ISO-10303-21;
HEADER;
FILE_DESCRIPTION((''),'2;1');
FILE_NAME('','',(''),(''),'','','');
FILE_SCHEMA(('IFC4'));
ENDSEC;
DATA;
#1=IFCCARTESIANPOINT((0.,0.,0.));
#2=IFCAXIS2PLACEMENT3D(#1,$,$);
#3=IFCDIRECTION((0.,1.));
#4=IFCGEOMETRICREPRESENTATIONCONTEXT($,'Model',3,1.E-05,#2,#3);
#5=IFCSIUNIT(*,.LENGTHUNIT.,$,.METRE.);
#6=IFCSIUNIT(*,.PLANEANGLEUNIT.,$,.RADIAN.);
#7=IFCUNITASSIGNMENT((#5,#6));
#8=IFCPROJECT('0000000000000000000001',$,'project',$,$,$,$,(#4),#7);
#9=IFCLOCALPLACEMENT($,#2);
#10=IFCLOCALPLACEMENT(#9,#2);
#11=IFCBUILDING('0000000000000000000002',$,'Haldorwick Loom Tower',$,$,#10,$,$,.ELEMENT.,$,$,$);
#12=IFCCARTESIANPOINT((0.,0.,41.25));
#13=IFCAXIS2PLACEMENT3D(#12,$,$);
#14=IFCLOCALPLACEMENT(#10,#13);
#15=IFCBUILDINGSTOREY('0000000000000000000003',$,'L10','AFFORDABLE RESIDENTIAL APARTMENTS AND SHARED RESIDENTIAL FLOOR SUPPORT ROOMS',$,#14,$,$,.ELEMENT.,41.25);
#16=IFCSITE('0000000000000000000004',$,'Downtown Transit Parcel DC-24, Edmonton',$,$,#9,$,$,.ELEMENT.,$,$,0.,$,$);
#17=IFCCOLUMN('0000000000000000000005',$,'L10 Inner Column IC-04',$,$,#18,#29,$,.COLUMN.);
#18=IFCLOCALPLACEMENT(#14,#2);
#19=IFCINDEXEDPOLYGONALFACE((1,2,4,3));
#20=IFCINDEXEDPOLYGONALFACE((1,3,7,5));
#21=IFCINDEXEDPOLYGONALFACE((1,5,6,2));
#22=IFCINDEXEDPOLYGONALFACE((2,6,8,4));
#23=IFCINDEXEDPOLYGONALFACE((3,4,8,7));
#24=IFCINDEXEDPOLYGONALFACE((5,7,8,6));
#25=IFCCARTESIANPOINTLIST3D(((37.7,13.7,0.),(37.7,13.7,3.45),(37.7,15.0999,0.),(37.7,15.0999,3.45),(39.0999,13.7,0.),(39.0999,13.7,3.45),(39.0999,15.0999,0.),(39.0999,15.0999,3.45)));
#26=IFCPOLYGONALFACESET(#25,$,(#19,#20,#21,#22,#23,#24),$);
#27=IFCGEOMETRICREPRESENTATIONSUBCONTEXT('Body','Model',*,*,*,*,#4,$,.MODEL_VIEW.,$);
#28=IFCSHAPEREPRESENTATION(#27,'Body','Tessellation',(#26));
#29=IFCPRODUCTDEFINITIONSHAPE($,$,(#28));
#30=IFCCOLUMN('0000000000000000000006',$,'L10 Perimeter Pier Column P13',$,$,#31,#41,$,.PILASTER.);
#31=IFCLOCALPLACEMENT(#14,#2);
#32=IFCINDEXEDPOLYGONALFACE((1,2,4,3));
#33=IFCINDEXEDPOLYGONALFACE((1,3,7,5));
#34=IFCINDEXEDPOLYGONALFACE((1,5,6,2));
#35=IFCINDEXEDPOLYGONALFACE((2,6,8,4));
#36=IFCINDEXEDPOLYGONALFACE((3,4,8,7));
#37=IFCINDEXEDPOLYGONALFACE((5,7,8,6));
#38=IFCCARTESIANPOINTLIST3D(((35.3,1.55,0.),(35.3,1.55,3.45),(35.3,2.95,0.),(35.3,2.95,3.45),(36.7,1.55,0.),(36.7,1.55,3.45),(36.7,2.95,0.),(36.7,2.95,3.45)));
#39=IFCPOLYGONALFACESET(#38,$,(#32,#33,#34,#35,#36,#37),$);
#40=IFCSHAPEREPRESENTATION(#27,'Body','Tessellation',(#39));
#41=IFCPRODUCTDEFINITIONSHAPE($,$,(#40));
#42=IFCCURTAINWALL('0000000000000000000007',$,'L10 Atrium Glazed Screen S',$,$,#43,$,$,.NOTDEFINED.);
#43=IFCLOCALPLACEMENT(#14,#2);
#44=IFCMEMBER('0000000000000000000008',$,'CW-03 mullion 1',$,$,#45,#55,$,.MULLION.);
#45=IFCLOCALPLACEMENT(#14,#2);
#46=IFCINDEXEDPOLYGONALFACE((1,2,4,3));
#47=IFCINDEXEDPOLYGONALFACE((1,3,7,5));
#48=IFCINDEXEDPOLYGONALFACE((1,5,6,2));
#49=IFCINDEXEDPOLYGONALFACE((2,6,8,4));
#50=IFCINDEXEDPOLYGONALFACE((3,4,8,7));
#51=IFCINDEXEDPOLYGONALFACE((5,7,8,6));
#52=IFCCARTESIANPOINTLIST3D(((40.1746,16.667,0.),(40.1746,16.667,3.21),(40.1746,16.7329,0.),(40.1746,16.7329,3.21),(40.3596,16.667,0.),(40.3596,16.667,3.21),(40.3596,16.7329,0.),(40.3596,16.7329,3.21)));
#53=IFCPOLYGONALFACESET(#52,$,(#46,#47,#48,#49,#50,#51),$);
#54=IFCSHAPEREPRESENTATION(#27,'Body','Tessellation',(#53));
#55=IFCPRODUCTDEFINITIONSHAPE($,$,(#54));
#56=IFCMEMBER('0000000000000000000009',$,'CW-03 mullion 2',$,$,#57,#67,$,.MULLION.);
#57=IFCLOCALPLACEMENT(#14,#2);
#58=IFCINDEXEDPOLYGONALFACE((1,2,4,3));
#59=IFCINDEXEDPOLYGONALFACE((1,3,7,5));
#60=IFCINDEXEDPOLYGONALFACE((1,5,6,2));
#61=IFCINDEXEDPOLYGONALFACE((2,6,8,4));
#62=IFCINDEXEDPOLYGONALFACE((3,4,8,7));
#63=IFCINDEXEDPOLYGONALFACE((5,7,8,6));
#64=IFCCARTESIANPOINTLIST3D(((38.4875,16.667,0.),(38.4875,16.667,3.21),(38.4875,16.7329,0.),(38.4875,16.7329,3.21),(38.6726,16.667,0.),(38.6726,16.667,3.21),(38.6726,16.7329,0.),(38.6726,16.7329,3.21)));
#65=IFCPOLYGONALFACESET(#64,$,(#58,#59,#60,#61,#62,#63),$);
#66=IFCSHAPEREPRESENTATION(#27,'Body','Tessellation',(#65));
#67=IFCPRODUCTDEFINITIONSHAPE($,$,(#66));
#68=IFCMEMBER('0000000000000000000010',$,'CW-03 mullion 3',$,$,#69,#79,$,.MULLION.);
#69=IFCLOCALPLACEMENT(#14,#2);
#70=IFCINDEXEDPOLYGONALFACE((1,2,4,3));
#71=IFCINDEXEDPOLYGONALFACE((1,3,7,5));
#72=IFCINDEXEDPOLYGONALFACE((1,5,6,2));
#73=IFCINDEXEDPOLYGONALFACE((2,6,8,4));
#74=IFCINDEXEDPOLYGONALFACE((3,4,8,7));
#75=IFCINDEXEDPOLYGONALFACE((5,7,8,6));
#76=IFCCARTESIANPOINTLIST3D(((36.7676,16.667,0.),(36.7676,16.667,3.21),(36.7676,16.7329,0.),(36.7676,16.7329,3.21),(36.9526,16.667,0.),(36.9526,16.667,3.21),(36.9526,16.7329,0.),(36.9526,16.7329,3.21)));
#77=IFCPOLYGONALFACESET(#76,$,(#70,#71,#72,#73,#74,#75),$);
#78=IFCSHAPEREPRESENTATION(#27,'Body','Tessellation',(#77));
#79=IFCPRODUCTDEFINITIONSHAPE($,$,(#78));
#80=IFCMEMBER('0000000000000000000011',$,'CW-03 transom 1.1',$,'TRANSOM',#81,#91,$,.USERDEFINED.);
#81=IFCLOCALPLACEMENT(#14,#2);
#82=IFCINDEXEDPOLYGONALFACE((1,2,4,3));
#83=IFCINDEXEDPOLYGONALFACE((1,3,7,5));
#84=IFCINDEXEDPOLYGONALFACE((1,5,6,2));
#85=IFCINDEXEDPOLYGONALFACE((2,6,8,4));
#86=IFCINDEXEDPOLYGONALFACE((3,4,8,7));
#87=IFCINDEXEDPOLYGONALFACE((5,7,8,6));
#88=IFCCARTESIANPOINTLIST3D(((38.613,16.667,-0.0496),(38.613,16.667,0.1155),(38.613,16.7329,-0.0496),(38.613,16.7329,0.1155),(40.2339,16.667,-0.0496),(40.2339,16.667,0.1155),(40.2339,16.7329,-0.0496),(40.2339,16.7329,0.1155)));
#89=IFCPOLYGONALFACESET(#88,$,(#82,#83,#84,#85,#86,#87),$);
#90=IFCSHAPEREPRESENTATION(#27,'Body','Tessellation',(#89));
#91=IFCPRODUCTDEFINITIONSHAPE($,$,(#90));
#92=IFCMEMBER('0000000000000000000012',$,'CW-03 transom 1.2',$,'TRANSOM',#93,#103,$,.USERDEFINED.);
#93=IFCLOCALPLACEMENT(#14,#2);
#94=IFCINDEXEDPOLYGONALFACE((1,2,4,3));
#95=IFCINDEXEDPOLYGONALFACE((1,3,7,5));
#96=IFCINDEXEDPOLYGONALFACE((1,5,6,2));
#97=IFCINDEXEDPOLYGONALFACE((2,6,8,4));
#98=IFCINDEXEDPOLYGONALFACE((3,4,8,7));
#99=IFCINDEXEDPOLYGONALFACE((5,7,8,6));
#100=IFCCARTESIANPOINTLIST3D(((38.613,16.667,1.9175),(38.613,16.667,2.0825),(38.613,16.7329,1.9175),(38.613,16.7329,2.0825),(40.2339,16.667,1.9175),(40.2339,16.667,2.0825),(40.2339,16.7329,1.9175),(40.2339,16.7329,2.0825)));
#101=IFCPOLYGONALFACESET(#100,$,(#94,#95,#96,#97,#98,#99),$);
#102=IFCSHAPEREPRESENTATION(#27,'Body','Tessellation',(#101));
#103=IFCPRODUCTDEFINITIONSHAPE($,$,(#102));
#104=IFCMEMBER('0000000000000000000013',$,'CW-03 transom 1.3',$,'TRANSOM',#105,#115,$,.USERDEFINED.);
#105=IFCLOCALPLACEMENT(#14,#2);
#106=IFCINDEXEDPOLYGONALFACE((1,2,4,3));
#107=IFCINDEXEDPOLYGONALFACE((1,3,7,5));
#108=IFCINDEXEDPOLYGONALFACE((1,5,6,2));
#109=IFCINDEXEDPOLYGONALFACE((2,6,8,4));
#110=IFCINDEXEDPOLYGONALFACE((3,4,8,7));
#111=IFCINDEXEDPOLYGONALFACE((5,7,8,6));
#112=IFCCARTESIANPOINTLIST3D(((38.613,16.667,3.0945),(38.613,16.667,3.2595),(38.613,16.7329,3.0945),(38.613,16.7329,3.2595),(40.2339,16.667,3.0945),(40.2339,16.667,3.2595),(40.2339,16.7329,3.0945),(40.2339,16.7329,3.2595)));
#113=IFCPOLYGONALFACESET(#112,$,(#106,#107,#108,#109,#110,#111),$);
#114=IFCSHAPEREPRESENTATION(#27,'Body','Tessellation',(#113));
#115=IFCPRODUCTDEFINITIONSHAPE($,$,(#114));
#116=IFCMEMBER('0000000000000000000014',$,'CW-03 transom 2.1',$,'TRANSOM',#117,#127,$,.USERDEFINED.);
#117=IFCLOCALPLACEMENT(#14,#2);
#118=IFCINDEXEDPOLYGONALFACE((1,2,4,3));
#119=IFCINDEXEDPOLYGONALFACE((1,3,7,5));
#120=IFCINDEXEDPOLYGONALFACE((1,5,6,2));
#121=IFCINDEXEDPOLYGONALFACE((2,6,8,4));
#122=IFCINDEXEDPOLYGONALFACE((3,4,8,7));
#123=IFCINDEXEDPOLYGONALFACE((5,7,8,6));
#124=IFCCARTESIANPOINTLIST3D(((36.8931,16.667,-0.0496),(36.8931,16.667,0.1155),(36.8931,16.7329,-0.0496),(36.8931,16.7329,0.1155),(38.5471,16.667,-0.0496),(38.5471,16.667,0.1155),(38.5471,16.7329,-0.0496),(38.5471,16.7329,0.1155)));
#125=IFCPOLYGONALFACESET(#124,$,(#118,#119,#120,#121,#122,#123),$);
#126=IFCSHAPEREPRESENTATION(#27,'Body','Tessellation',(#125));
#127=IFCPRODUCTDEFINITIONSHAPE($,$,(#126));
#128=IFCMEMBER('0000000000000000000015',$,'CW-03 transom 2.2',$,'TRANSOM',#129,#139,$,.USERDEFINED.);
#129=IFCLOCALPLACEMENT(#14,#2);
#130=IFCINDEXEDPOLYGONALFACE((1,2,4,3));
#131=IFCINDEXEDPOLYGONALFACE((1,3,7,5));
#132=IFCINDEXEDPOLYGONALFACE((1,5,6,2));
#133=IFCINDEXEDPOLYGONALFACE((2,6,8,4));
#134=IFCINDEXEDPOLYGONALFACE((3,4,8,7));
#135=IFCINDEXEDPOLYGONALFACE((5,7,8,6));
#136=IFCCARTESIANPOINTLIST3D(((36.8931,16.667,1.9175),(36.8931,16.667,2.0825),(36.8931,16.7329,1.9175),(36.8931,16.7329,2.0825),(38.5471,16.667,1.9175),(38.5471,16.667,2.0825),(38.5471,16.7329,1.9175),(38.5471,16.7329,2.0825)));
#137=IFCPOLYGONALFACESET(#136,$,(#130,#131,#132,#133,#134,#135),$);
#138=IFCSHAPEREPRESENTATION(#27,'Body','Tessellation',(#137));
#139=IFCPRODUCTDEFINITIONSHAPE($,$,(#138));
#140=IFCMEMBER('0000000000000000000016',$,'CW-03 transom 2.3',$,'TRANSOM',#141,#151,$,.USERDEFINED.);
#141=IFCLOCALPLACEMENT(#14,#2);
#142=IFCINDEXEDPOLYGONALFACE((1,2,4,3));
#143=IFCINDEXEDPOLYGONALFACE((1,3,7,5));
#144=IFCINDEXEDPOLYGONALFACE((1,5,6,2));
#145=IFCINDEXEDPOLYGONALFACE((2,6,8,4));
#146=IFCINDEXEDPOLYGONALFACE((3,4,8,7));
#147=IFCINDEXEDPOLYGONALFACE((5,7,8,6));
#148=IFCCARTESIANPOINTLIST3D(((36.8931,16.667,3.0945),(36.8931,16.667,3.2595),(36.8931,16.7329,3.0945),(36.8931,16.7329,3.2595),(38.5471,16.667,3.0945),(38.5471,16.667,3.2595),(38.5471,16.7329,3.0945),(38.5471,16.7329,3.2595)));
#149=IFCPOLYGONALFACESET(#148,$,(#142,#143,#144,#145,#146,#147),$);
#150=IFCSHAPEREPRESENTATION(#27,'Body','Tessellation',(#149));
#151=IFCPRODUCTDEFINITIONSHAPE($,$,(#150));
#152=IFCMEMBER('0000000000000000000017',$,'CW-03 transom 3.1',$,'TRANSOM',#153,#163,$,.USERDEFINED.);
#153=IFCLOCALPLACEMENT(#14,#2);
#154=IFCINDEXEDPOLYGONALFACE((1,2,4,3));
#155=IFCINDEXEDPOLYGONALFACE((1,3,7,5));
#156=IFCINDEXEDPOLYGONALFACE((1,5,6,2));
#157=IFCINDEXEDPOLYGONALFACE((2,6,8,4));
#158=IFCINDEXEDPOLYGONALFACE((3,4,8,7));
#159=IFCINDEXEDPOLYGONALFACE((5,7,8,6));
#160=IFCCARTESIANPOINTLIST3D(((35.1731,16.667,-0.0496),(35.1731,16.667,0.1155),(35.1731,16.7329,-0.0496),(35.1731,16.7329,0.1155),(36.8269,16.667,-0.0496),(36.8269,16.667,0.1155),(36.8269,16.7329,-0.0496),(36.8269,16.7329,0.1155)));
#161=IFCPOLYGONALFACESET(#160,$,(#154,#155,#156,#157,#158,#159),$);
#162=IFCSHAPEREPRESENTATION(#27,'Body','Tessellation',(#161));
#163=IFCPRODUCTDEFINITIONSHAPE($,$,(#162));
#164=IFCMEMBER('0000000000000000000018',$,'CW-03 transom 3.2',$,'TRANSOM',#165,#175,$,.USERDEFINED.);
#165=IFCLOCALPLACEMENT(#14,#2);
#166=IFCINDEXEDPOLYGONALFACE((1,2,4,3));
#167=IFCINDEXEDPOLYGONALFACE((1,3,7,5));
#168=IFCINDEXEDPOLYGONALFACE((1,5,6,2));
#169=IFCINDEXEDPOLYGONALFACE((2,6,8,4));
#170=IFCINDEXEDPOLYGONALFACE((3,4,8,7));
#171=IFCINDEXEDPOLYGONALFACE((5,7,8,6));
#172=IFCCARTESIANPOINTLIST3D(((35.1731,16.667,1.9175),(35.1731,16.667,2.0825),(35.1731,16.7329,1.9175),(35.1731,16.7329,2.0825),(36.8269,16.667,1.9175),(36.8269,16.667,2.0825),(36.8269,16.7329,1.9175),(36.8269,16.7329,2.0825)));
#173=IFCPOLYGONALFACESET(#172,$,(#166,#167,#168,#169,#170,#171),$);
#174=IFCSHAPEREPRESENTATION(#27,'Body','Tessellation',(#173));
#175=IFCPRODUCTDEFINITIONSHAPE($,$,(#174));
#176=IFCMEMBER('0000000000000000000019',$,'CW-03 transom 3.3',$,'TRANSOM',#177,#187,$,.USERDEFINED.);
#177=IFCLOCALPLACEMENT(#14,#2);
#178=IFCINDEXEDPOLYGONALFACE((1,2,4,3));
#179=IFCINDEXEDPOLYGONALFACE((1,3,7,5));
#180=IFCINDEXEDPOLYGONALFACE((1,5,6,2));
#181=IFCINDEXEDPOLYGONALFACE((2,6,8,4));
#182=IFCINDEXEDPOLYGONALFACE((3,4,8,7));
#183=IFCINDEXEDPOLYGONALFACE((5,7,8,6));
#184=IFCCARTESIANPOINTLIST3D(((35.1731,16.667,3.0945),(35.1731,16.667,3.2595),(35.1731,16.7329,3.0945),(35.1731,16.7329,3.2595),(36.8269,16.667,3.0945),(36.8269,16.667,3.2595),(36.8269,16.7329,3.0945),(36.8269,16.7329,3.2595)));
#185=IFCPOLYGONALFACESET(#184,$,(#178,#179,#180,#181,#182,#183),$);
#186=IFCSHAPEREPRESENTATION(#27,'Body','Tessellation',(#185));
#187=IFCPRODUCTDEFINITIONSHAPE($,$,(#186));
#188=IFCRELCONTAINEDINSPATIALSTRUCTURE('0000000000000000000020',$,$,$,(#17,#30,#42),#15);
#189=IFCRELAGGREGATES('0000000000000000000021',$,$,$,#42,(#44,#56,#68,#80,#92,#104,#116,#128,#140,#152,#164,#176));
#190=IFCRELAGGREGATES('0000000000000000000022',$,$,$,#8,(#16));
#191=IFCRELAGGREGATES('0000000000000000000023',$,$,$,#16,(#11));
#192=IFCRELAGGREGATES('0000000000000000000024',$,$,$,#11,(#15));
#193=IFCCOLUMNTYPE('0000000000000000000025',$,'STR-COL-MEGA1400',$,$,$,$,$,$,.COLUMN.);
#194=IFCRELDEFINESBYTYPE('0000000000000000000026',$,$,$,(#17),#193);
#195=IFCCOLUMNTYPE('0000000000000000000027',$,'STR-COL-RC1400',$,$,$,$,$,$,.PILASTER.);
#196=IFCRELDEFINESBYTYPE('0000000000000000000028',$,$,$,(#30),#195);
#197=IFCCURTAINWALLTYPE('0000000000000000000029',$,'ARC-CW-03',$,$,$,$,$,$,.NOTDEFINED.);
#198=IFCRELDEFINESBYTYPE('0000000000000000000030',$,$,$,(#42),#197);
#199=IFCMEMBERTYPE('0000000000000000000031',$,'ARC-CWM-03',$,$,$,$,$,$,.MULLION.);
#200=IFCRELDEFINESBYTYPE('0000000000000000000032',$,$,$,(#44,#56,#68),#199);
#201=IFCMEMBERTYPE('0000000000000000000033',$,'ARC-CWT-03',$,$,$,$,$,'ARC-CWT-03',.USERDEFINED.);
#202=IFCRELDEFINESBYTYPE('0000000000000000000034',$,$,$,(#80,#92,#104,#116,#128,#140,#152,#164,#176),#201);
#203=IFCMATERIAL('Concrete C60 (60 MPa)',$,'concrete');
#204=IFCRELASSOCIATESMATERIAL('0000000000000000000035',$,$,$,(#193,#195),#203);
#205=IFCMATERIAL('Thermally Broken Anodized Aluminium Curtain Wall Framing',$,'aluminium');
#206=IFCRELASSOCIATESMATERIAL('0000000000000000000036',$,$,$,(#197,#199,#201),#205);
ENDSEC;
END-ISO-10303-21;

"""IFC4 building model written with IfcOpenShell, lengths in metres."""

from ifc_helpers import new_model, si_unit, direction, frame, origin, origin_2d, place, context, subcontext, project, spatial, rectangle, extrude, material, material_profile, profile_set, type_object, element, aggregate, save


model = new_model("IFC4")

# Units and contexts
model_context = context("Model", 3, precision=1e-05, world=origin(), true_north=direction((0.0, 1.0)))
body_context = subcontext(model_context, "Body", "Model", "MODEL_VIEW")
ifc_project = project(units=[si_unit("LENGTHUNIT", "METRE"), si_unit("PLANEANGLEUNIT", "RADIAN")], contexts=[model_context])

# Site, building, storey
site_placement = place(None, origin())
site = spatial("IfcSite", under=ifc_project, at=site_placement, Name="Downtown Transit Parcel DC-24, Edmonton", CompositionType="ELEMENT", RefElevation=0.0)
building_placement = place(site_placement, origin())
building = spatial("IfcBuilding", under=site, at=building_placement, Name="Haldorwick Loom Tower", CompositionType="ELEMENT")
storey_placement = place(building_placement, frame((0.0, 0.0, 41.25)))
storey = spatial("IfcBuildingStorey", under=building, at=storey_placement, Name="L10", Description="AFFORDABLE RESIDENTIAL APARTMENTS AND SHARED RESIDENTIAL FLOOR SUPPORT ROOMS", CompositionType="ELEMENT", Elevation=41.25)

# Columns
ifc_material_1 = material(Name="Concrete C60 (60 MPa)", Category="concrete")
ifc_material_profile_1 = material_profile(ifc_material_1, rectangle(XDim=1.3999, YDim=1.3999, at=origin_2d()), Name="RC1400X1400", Category="concrete")
ifc_profile_set_1 = profile_set([ifc_material_profile_1], Name="Concrete C60 (60 MPa)")
column_type_1 = type_object("IfcColumnType", Name="STR-COL-MEGA1400", PredefinedType="COLUMN", material=ifc_profile_set_1)
column_1_placement = place(storey_placement, frame((38.3999, 14.3999, 0.0), z_axis=(0.0, 0.0, 1.0), x_axis=(1.0, 0.0, 0.0)))
element("IfcColumn", 1, at=column_1_placement, inside=storey, type_object=column_type_1, Name="L10 Inner Column IC-04", PredefinedType="COLUMN", context=body_context, shape_type="SweptSolid", body=[
    extrude(rectangle(XDim=1.3999, YDim=1.3999, at=origin_2d()), origin(), (0.0, 0.0, 1.0), 3.45),
])
ifc_material_profile_2 = material_profile(ifc_material_1, rectangle(XDim=1.3999, YDim=1.3999, at=origin_2d()), Name="RC1400X1400", Category="concrete")
ifc_profile_set_2 = profile_set([ifc_material_profile_2], Name="Concrete C60 (60 MPa)")
column_type_2 = type_object("IfcColumnType", Name="STR-COL-RC1400", PredefinedType="PILASTER", material=ifc_profile_set_2)
column_2_placement = place(storey_placement, frame((36.0, 2.25, 0.0), z_axis=(0.0, 0.0, 1.0), x_axis=(0.0, -1.0, 0.0)))
element("IfcColumn", 2, at=column_2_placement, inside=storey, type_object=column_type_2, Name="L10 Perimeter Pier Column P13", PredefinedType="PILASTER", context=body_context, shape_type="SweptSolid", body=[
    extrude(rectangle(XDim=1.3999, YDim=1.3999, at=origin_2d()), origin(), (0.0, 0.0, 1.0), 3.45),
])

# Curtain wall, members
ifc_material_2 = material(Name="Thermally Broken Anodized Aluminium Curtain Wall Framing", Category="aluminium")
curtain_wall_type = type_object("IfcCurtainWallType", Name="ARC-CW-03", PredefinedType="NOTDEFINED", material=ifc_material_2)
curtain_wall_placement = place(storey_placement, origin())
curtain_wall = element("IfcCurtainWall", 3, at=curtain_wall_placement, inside=storey, type_object=curtain_wall_type, Name="L10 Atrium Glazed Screen S", PredefinedType="NOTDEFINED")
ifc_material_profile_3 = material_profile(ifc_material_2, rectangle(XDim=0.0659, YDim=0.1851, at=origin_2d()), Name="ALU_MUL_66X185", Category="aluminium")
ifc_profile_set_3 = profile_set([ifc_material_profile_3], Name="Thermally Broken Anodized Aluminium Curtain Wall Framing")
member_type_1 = type_object("IfcMemberType", Name="ARC-CWM-03", PredefinedType="MULLION", material=ifc_profile_set_3)
member_1_placement = place(storey_placement, frame((40.2671, 16.7, 0.0), z_axis=(0.0, 0.0, 1.0), x_axis=(0.0, -1.0, 0.0)))
member_1 = element("IfcMember", 4, at=member_1_placement, type_object=member_type_1, Name="CW-03 mullion 1", PredefinedType="MULLION", context=body_context, shape_type="SweptSolid", body=[
    extrude(rectangle(XDim=0.0659, YDim=0.1851, at=origin_2d()), origin(), (0.0, 0.0, 1.0), 3.21),
])
member_2_placement = place(storey_placement, frame((38.5801, 16.7, 0.0), z_axis=(0.0, 0.0, 1.0), x_axis=(0.0, -1.0, 0.0)))
member_2 = element("IfcMember", 5, at=member_2_placement, type_object=member_type_1, Name="CW-03 mullion 2", PredefinedType="MULLION", context=body_context, shape_type="SweptSolid", body=[
    extrude(rectangle(XDim=0.0659, YDim=0.1851, at=origin_2d()), origin(), (0.0, 0.0, 1.0), 3.21),
])
member_3_placement = place(storey_placement, frame((36.8601, 16.7, 0.0), z_axis=(0.0, 0.0, 1.0), x_axis=(0.0, -1.0, 0.0)))
member_3 = element("IfcMember", 6, at=member_3_placement, type_object=member_type_1, Name="CW-03 mullion 3", PredefinedType="MULLION", context=body_context, shape_type="SweptSolid", body=[
    extrude(rectangle(XDim=0.0659, YDim=0.1851, at=origin_2d()), origin(), (0.0, 0.0, 1.0), 3.21),
])
ifc_material_profile_4 = material_profile(ifc_material_2, rectangle(XDim=0.0659, YDim=0.165, at=origin_2d()), Name="ALU_TRN_66X165", Category="aluminium")
ifc_profile_set_4 = profile_set([ifc_material_profile_4], Name="Thermally Broken Anodized Aluminium Curtain Wall Framing")
member_type_2 = type_object("IfcMemberType", Name="ARC-CWT-03", ElementType="ARC-CWT-03", PredefinedType="USERDEFINED", material=ifc_profile_set_4)
member_4_placement = place(storey_placement, frame((40.2339, 16.7, 0.033), z_axis=(-1.0, 0.0, 0.0), x_axis=(0.0, -1.0, 0.0)))
member_4 = element("IfcMember", 7, at=member_4_placement, type_object=member_type_2, Name="CW-03 transom 1.1", ObjectType="TRANSOM", PredefinedType="USERDEFINED", context=body_context, shape_type="SweptSolid", body=[
    extrude(rectangle(XDim=0.0659, YDim=0.165, at=origin_2d()), origin(), (0.0, 0.0, 1.0), 1.6208),
])
member_5_placement = place(storey_placement, frame((40.2339, 16.7, 2.0), z_axis=(-1.0, 0.0, 0.0), x_axis=(0.0, -1.0, 0.0)))
member_5 = element("IfcMember", 8, at=member_5_placement, type_object=member_type_2, Name="CW-03 transom 1.2", ObjectType="TRANSOM", PredefinedType="USERDEFINED", context=body_context, shape_type="SweptSolid", body=[
    extrude(rectangle(XDim=0.0659, YDim=0.165, at=origin_2d()), origin(), (0.0, 0.0, 1.0), 1.6208),
])
member_6_placement = place(storey_placement, frame((40.2339, 16.7, 3.177), z_axis=(-1.0, 0.0, 0.0), x_axis=(0.0, -1.0, 0.0)))
member_6 = element("IfcMember", 9, at=member_6_placement, type_object=member_type_2, Name="CW-03 transom 1.3", ObjectType="TRANSOM", PredefinedType="USERDEFINED", context=body_context, shape_type="SweptSolid", body=[
    extrude(rectangle(XDim=0.0659, YDim=0.165, at=origin_2d()), origin(), (0.0, 0.0, 1.0), 1.6208),
])
member_7_placement = place(storey_placement, frame((38.5471, 16.7, 0.033), z_axis=(-1.0, 0.0, 0.0), x_axis=(0.0, -1.0, 0.0)))
member_7 = element("IfcMember", 10, at=member_7_placement, type_object=member_type_2, Name="CW-03 transom 2.1", ObjectType="TRANSOM", PredefinedType="USERDEFINED", context=body_context, shape_type="SweptSolid", body=[
    extrude(rectangle(XDim=0.0659, YDim=0.165, at=origin_2d()), origin(), (0.0, 0.0, 1.0), 1.6541),
])
member_8_placement = place(storey_placement, frame((38.5471, 16.7, 2.0), z_axis=(-1.0, 0.0, 0.0), x_axis=(0.0, -1.0, 0.0)))
member_8 = element("IfcMember", 11, at=member_8_placement, type_object=member_type_2, Name="CW-03 transom 2.2", ObjectType="TRANSOM", PredefinedType="USERDEFINED", context=body_context, shape_type="SweptSolid", body=[
    extrude(rectangle(XDim=0.0659, YDim=0.165, at=origin_2d()), origin(), (0.0, 0.0, 1.0), 1.6541),
])
member_9_placement = place(storey_placement, frame((38.5471, 16.7, 3.177), z_axis=(-1.0, 0.0, 0.0), x_axis=(0.0, -1.0, 0.0)))
member_9 = element("IfcMember", 12, at=member_9_placement, type_object=member_type_2, Name="CW-03 transom 2.3", ObjectType="TRANSOM", PredefinedType="USERDEFINED", context=body_context, shape_type="SweptSolid", body=[
    extrude(rectangle(XDim=0.0659, YDim=0.165, at=origin_2d()), origin(), (0.0, 0.0, 1.0), 1.6541),
])
member_10_placement = place(storey_placement, frame((36.8269, 16.7, 0.033), z_axis=(-1.0, 0.0, 0.0), x_axis=(0.0, -1.0, 0.0)))
member_10 = element("IfcMember", 13, at=member_10_placement, type_object=member_type_2, Name="CW-03 transom 3.1", ObjectType="TRANSOM", PredefinedType="USERDEFINED", context=body_context, shape_type="SweptSolid", body=[
    extrude(rectangle(XDim=0.0659, YDim=0.165, at=origin_2d()), origin(), (0.0, 0.0, 1.0), 1.6538),
])
member_11_placement = place(storey_placement, frame((36.8269, 16.7, 2.0), z_axis=(-1.0, 0.0, 0.0), x_axis=(0.0, -1.0, 0.0)))
member_11 = element("IfcMember", 14, at=member_11_placement, type_object=member_type_2, Name="CW-03 transom 3.2", ObjectType="TRANSOM", PredefinedType="USERDEFINED", context=body_context, shape_type="SweptSolid", body=[
    extrude(rectangle(XDim=0.0659, YDim=0.165, at=origin_2d()), origin(), (0.0, 0.0, 1.0), 1.6538),
])
member_12_placement = place(storey_placement, frame((36.8269, 16.7, 3.177), z_axis=(-1.0, 0.0, 0.0), x_axis=(0.0, -1.0, 0.0)))
member_12 = element("IfcMember", 15, at=member_12_placement, type_object=member_type_2, Name="CW-03 transom 3.3", ObjectType="TRANSOM", PredefinedType="USERDEFINED", context=body_context, shape_type="SweptSolid", body=[
    extrude(rectangle(XDim=0.0659, YDim=0.165, at=origin_2d()), origin(), (0.0, 0.0, 1.0), 1.6538),
])

aggregate(curtain_wall, [member_1, member_2, member_3, member_4, member_5, member_6, member_7, member_8, member_9, member_10, member_11, member_12])

save(model, "model.ifc")
